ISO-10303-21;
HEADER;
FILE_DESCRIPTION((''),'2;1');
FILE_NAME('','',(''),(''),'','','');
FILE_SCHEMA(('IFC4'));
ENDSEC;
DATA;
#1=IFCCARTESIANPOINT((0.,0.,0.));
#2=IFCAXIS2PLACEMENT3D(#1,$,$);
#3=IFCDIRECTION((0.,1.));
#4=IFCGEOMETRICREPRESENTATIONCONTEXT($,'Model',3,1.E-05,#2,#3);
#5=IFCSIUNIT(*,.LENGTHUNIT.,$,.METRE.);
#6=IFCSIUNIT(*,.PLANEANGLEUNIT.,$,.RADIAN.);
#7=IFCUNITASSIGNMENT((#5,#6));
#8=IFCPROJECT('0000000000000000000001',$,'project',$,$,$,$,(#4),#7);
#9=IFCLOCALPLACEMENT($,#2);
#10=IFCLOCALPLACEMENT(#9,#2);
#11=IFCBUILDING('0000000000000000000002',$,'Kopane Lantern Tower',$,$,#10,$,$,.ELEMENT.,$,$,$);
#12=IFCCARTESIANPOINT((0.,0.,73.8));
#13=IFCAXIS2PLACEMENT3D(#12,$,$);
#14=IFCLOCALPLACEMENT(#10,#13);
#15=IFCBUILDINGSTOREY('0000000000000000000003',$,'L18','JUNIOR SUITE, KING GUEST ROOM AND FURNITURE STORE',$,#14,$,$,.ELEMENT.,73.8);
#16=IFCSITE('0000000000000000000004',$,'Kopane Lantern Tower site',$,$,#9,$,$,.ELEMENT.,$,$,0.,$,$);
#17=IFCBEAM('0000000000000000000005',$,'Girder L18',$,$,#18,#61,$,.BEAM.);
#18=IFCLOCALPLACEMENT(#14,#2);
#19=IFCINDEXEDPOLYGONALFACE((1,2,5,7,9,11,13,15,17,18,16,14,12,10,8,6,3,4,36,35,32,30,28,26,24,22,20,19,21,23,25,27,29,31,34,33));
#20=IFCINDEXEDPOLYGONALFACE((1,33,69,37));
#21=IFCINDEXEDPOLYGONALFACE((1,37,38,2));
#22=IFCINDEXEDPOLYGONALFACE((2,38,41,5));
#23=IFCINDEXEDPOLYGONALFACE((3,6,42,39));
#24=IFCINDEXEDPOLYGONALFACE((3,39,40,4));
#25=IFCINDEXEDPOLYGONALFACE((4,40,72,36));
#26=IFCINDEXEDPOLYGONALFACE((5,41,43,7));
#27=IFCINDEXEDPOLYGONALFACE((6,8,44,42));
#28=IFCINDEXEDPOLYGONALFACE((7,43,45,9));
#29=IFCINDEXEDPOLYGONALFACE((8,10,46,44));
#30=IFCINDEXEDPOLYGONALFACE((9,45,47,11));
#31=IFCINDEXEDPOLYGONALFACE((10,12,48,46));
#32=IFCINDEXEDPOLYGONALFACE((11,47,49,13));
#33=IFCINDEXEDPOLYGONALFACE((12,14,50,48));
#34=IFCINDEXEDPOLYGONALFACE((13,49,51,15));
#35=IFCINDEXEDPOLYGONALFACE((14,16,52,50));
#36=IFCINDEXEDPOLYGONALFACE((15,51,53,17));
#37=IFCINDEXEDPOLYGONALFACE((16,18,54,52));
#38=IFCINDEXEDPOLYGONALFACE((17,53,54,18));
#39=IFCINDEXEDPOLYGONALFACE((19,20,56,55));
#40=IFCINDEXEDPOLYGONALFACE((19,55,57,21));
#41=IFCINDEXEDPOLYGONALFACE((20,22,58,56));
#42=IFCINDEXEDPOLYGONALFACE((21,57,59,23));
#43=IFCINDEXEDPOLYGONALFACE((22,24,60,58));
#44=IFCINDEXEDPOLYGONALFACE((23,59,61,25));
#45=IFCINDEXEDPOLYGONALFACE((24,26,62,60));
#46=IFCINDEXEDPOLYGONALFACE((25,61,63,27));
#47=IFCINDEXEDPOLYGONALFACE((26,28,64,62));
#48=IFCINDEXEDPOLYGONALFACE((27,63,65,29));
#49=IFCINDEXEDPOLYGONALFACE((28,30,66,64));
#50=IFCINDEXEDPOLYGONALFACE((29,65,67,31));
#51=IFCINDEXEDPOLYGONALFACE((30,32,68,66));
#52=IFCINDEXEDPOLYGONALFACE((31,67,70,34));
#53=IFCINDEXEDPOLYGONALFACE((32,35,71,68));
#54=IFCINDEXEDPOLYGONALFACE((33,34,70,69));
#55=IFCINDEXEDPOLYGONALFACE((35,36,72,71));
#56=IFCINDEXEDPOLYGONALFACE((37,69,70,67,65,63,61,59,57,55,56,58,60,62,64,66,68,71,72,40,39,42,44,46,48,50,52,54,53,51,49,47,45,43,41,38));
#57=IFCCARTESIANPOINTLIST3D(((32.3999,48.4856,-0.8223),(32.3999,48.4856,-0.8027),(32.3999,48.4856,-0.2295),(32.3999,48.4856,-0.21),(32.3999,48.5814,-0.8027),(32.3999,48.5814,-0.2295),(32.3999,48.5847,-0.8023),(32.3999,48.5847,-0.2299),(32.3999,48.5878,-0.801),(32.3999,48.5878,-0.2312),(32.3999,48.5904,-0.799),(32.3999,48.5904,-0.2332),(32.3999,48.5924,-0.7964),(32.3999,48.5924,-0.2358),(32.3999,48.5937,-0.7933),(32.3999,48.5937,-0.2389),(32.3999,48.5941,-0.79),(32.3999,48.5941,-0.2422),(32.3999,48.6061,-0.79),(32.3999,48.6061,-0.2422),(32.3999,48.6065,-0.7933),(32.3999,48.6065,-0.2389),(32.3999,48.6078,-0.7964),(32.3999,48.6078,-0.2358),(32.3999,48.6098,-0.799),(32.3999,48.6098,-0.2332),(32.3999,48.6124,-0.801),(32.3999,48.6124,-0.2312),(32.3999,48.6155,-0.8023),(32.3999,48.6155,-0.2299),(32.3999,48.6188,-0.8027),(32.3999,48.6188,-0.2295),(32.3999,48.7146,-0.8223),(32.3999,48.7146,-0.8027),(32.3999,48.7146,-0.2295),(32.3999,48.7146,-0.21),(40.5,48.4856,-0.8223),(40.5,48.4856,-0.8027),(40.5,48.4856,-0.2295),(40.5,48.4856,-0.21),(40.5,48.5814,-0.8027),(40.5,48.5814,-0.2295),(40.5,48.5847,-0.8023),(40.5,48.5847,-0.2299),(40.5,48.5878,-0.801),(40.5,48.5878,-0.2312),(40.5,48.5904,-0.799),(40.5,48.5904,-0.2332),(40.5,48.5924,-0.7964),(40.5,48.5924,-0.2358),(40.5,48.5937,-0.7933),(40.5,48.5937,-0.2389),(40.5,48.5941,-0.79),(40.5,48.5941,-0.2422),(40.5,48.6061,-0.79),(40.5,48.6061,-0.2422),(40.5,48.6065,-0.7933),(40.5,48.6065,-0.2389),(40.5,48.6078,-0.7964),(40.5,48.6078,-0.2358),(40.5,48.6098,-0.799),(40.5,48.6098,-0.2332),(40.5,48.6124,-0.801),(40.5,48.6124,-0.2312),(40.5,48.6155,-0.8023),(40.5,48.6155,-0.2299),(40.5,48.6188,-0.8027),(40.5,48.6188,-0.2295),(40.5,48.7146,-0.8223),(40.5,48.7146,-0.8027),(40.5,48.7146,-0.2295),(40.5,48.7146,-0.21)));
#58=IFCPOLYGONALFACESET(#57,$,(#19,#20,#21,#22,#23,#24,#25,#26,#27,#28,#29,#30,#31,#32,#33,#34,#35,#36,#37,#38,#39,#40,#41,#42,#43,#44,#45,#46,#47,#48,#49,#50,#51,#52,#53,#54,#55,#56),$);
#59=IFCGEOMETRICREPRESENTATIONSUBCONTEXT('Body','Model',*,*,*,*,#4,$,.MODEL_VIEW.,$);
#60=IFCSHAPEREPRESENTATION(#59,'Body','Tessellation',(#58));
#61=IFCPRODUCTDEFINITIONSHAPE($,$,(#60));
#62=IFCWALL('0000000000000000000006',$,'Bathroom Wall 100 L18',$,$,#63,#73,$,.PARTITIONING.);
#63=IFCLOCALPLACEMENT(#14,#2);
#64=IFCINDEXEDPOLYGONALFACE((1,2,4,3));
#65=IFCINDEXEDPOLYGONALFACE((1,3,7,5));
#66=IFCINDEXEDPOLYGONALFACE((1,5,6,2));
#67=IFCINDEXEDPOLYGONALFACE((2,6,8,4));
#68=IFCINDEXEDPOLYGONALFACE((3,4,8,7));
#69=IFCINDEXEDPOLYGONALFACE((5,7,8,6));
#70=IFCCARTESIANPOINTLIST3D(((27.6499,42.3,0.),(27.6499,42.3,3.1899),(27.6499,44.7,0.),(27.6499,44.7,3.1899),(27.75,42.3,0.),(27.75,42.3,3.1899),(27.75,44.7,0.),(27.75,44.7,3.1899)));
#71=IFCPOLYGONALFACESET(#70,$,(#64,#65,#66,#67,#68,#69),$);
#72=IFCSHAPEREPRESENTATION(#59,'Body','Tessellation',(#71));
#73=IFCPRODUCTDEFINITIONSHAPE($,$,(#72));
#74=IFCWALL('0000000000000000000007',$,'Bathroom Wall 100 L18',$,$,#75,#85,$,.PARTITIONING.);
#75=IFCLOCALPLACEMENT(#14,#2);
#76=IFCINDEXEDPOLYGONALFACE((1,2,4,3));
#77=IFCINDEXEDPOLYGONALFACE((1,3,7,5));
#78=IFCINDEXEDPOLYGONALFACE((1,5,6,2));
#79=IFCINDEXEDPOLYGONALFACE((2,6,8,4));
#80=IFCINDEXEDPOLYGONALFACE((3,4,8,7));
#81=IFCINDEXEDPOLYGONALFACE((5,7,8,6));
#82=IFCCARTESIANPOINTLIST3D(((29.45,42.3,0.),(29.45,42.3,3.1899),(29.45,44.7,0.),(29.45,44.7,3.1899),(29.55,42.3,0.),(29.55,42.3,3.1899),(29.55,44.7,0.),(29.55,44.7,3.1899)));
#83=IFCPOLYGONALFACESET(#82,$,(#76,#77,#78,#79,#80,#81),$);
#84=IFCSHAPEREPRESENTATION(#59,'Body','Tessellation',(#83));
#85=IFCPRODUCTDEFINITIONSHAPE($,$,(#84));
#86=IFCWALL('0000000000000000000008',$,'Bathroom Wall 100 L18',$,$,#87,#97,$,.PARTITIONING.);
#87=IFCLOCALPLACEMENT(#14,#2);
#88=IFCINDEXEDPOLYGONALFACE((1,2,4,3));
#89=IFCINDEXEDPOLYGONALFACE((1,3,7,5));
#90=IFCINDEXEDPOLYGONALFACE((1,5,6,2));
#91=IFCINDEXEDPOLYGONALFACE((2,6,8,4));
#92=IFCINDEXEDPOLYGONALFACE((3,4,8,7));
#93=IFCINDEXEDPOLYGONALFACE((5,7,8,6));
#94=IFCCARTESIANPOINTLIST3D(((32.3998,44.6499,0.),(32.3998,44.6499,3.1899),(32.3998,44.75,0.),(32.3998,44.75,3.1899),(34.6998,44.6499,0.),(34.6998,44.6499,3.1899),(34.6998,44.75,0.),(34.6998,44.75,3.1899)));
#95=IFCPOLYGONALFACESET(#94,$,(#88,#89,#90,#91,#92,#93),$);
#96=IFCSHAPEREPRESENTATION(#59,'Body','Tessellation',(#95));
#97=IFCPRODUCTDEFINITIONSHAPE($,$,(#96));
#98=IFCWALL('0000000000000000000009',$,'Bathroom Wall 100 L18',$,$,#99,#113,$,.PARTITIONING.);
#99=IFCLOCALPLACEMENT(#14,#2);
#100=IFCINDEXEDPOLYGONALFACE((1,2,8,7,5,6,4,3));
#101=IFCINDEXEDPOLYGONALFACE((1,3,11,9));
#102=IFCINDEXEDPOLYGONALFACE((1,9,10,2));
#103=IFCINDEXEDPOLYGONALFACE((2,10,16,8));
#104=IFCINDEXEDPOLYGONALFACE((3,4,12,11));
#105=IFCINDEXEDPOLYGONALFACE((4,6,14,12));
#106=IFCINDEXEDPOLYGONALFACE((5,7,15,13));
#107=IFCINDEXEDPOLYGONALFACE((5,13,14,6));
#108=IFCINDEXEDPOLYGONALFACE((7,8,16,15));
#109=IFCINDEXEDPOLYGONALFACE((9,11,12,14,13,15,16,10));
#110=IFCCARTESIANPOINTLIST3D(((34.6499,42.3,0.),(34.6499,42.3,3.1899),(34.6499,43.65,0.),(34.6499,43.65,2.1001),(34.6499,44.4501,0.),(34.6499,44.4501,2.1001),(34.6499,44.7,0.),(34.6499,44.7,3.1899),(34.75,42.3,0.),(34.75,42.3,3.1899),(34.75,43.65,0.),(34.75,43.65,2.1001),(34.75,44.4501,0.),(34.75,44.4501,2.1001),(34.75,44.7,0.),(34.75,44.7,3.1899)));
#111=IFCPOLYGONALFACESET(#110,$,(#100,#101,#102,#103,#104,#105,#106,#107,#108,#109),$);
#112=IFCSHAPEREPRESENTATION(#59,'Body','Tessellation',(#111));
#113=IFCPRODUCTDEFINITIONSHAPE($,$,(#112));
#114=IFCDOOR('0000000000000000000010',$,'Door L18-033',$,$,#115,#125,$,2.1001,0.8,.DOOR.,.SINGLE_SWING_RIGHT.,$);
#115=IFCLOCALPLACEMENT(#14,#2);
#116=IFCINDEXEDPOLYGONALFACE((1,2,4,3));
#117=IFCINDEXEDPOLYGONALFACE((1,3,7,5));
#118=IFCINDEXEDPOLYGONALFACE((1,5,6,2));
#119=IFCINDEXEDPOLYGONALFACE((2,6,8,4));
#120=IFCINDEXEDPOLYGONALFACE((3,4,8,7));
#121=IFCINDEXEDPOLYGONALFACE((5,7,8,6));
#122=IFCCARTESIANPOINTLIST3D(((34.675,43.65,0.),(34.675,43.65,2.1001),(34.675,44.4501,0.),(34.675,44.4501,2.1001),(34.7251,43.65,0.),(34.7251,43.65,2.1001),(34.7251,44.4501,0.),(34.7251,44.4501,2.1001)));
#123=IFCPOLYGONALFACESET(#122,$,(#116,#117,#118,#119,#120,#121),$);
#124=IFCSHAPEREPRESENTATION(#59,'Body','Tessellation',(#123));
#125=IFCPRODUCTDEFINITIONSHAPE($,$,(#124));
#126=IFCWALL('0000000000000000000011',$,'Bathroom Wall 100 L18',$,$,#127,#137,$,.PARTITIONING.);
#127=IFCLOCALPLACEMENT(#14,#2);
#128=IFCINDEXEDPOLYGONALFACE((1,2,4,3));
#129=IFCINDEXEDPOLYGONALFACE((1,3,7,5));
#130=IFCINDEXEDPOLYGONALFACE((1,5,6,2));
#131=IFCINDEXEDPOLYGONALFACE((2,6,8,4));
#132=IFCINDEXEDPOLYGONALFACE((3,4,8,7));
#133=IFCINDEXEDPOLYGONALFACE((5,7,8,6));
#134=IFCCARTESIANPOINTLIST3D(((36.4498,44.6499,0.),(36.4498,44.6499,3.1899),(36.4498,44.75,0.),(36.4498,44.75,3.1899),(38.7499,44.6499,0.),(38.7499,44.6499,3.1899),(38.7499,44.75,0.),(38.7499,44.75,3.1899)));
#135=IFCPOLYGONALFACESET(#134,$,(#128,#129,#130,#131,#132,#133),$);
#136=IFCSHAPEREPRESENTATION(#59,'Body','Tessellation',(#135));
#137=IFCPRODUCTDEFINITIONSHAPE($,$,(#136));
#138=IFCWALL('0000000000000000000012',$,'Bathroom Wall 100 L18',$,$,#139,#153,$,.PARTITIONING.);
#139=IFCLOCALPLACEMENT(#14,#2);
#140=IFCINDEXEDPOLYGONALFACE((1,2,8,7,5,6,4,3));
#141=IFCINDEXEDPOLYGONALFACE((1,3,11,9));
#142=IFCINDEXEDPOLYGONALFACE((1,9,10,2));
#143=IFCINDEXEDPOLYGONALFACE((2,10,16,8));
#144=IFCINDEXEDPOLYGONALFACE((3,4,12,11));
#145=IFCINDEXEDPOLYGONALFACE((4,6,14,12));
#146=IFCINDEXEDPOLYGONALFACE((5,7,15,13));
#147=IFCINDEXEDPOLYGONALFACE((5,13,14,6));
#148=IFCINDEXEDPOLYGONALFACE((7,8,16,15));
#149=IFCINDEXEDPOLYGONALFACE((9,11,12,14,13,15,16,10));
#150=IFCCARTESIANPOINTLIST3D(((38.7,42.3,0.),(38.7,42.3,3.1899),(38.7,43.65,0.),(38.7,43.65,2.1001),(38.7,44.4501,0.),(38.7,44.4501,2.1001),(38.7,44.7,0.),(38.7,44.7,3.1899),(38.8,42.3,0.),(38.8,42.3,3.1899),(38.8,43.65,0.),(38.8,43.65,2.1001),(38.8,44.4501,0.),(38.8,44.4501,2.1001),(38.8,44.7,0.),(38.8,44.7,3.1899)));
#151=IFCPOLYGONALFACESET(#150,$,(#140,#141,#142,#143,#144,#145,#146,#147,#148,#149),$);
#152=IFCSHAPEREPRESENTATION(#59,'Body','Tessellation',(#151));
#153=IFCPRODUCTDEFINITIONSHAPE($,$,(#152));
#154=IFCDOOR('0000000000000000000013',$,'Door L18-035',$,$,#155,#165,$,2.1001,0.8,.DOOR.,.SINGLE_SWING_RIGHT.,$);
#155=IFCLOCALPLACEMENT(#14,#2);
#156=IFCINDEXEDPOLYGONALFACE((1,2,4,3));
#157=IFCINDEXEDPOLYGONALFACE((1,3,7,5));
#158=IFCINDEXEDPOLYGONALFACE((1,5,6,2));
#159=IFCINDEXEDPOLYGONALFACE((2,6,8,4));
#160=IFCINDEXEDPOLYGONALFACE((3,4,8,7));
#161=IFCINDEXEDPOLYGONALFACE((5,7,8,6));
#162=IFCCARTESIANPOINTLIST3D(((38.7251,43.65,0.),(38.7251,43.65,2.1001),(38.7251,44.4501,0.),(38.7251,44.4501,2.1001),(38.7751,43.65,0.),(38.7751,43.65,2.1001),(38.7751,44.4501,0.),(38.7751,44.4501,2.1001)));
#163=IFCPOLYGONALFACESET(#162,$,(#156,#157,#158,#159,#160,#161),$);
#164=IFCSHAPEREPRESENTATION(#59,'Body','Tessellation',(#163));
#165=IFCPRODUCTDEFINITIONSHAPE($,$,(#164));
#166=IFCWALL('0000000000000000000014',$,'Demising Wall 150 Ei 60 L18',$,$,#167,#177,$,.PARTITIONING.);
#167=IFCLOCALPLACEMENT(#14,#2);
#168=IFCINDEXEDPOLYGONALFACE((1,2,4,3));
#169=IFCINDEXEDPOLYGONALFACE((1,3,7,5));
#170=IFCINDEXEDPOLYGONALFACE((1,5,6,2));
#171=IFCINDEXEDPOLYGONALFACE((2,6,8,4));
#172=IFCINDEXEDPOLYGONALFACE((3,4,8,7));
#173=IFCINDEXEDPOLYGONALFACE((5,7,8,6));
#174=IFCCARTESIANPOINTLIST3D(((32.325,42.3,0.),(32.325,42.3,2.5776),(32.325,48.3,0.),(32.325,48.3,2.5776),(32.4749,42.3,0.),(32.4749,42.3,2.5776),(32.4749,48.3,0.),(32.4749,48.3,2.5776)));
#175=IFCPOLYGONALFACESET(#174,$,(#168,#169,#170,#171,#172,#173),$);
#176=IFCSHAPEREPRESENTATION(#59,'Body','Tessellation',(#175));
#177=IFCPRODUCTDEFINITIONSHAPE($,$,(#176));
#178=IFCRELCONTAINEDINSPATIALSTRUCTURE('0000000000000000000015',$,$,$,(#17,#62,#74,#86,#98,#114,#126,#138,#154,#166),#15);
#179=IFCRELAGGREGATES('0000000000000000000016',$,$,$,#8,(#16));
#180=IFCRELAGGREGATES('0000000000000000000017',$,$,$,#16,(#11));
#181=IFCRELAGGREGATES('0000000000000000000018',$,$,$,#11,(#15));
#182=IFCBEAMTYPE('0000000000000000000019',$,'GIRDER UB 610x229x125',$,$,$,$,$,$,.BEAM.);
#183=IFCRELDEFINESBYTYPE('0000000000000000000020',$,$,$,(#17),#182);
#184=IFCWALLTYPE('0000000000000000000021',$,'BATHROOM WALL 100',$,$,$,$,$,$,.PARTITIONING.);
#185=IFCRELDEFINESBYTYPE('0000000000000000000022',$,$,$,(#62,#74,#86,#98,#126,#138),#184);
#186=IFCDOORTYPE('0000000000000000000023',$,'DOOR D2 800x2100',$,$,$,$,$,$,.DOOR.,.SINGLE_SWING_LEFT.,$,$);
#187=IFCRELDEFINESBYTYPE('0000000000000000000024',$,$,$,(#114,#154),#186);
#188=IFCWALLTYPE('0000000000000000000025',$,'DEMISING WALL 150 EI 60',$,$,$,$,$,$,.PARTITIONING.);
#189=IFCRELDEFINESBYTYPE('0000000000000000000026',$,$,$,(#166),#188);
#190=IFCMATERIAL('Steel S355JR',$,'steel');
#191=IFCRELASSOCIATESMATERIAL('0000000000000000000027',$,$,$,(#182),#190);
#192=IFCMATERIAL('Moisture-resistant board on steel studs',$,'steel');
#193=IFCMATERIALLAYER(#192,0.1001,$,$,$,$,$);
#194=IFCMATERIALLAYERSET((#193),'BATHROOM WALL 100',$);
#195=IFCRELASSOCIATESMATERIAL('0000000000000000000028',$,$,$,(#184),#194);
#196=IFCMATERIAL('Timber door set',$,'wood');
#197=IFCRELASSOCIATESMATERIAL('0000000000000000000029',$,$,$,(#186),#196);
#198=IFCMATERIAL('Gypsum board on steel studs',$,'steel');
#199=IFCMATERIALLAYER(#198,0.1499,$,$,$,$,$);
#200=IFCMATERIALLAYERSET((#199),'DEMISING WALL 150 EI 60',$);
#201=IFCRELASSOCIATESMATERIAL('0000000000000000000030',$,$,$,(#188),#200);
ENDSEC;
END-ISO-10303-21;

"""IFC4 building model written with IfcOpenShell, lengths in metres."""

from ifc_helpers import new_model, si_unit, direction, frame, frame_2d, origin, origin_2d, place, context, subcontext, project, spatial, rectangle, i_section, extrude, material, layer, layer_set, material_profile, profile_set, type_object, element, fill, save


model = new_model("IFC4")

# Units and contexts
model_context = context("Model", 3, precision=1e-05, world=origin(), true_north=direction((0.0, 1.0)))
body_context = subcontext(model_context, "Body", "Model", "MODEL_VIEW")
ifc_project = project(units=[si_unit("LENGTHUNIT", "METRE"), si_unit("PLANEANGLEUNIT", "RADIAN")], contexts=[model_context])

# Site, building, storey
site_placement = place(None, origin())
site = spatial("IfcSite", under=ifc_project, at=site_placement, Name="Kopane Lantern Tower site", CompositionType="ELEMENT", RefElevation=0.0)
building_placement = place(site_placement, origin())
building = spatial("IfcBuilding", under=site, at=building_placement, Name="Kopane Lantern Tower", CompositionType="ELEMENT")
storey_placement = place(building_placement, frame((0.0, 0.0, 73.8)))
storey = spatial("IfcBuildingStorey", under=building, at=storey_placement, Name="L18", Description="JUNIOR SUITE, KING GUEST ROOM AND FURNITURE STORE", CompositionType="ELEMENT", Elevation=73.8)

# Beam
ifc_material_1 = material(Name="Steel S355JR", Category="steel")
ifc_material_profile_1 = material_profile(ifc_material_1, i_section(OverallWidth=0.229, OverallDepth=0.6123, WebThickness=0.012, FlangeThickness=0.0195, FilletRadius=0.0127, at=origin_2d()), Name="UB 610x229x125")
ifc_profile_set_1 = profile_set([ifc_material_profile_1], Name="Steel S355JR")
beam_type = type_object("IfcBeamType", Name="GIRDER UB 610x229x125", PredefinedType="BEAM", material=ifc_profile_set_1)
for number, where, z_axis, x_axis, name in (
    (1, (32.3999, 48.6001, -0.5161), (1.0, 0.0, 0.0), (0.0, 1.0, 0.0), "Girder L18"),
):
    element("IfcBeam", number, at=place(storey_placement, frame(where, z_axis=z_axis, x_axis=x_axis)), inside=storey, type_object=beam_type, Name=name, PredefinedType="BEAM", context=body_context, shape_type="SweptSolid", body=[
        extrude(i_section(OverallWidth=0.229, OverallDepth=0.6123, WebThickness=0.012, FlangeThickness=0.0195, FilletRadius=0.0127, at=origin_2d()), origin(), (0.0, 0.0, 1.0), 8.1001),
    ])

# Walls
ifc_material_2 = material(Name="Moisture-resistant board on steel studs", Category="steel")
ifc_layer_1 = layer(ifc_material_2, 0.1001)
ifc_layer_set_1 = layer_set([ifc_layer_1], Name="BATHROOM WALL 100")
wall_type_1 = type_object("IfcWallType", Name="BATHROOM WALL 100", PredefinedType="PARTITIONING", material=ifc_layer_set_1)
for number, where, z_axis, x_axis, name in (
    (2, (27.7, 42.3, 0.0), (0.0, 0.0, 1.0), (0.0, 1.0, 0.0), "Bathroom Wall 100 L18"),
    (3, (29.5, 42.3, 0.0), (0.0, 0.0, 1.0), (0.0, 1.0, 0.0), "Bathroom Wall 100 L18"),
):
    element("IfcWall", number, at=place(storey_placement, frame(where, z_axis=z_axis, x_axis=x_axis)), inside=storey, type_object=wall_type_1, Name=name, PredefinedType="PARTITIONING", context=body_context, shape_type="SweptSolid", body=[
        extrude(rectangle(XDim=2.3999, YDim=0.1001, at=frame_2d((1.2, 0.0))), origin(), (0.0, 0.0, 1.0), 3.1899),
    ])
wall_1_placement = place(storey_placement, frame((32.3999, 44.7, 0.0), z_axis=(0.0, 0.0, 1.0), x_axis=(1.0, 0.0, 0.0)))
element("IfcWall", 4, at=wall_1_placement, inside=storey, type_object=wall_type_1, Name="Bathroom Wall 100 L18", PredefinedType="PARTITIONING", context=body_context, shape_type="SweptSolid", body=[
    extrude(rectangle(XDim=2.3, YDim=0.1001, at=frame_2d((1.1499, 0.0))), origin(), (0.0, 0.0, 1.0), 3.1899),
])

# Wall, opening, door
wall_2_placement = place(storey_placement, frame((34.7, 42.3, 0.0), z_axis=(0.0, 0.0, 1.0), x_axis=(0.0, 1.0, 0.0)))
wall_2 = element("IfcWall", 5, at=wall_2_placement, inside=storey, type_object=wall_type_1, Name="Bathroom Wall 100 L18", PredefinedType="PARTITIONING", context=body_context, shape_type="SweptSolid", body=[
    extrude(rectangle(XDim=2.3999, YDim=0.1001, at=frame_2d((1.2, 0.0))), origin(), (0.0, 0.0, 1.0), 3.1899),
])
opening_1_placement = place(wall_2_placement, frame((1.3501, 0.0, 0.0)))
opening_1 = element("IfcOpeningElement", 6, at=opening_1_placement, cuts=wall_2, PredefinedType="OPENING", context=body_context, shape_type="SweptSolid", body=[
    extrude(rectangle(XDim=0.8, YDim=2.1001, at=frame_2d((0.3999, 1.05))), frame((0.0, 0.0601, 0.0), z_axis=(0.0, -1.0, 0.0), x_axis=(1.0, 0.0, 0.0)), (0.0, 0.0, 1.0), 0.1201),
])
ifc_material_3 = material(Name="Timber door set", Category="wood")
door_type_1 = type_object("IfcDoorType", Name="DOOR D2 800x2100", OperationType="SINGLE_SWING_LEFT", PredefinedType="DOOR", material=ifc_material_3)
door_1_placement = place(opening_1_placement, origin())
door_1 = element("IfcDoor", 7, at=door_1_placement, inside=storey, type_object=door_type_1, Name="Door L18-033", OperationType="SINGLE_SWING_RIGHT", OverallHeight=2.1001, OverallWidth=0.8, PredefinedType="DOOR", context=body_context, shape_type="SweptSolid", body=[
    extrude(rectangle(XDim=0.8, YDim=2.1001, at=frame_2d((0.3999, 1.05))), frame((0.0, 0.0249, 0.0), z_axis=(0.0, -1.0, 0.0), x_axis=(1.0, 0.0, 0.0)), (0.0, 0.0, 1.0), 0.05),
])
fill(opening_1, door_1)

# Wall
wall_3_placement = place(storey_placement, frame((36.45, 44.7, 0.0), z_axis=(0.0, 0.0, 1.0), x_axis=(1.0, 0.0, 0.0)))
element("IfcWall", 8, at=wall_3_placement, inside=storey, type_object=wall_type_1, Name="Bathroom Wall 100 L18", PredefinedType="PARTITIONING", context=body_context, shape_type="SweptSolid", body=[
    extrude(rectangle(XDim=2.3, YDim=0.1001, at=frame_2d((1.1499, 0.0))), origin(), (0.0, 0.0, 1.0), 3.1899),
])

# Wall, opening, door
wall_4_placement = place(storey_placement, frame((38.75, 42.3, 0.0), z_axis=(0.0, 0.0, 1.0), x_axis=(0.0, 1.0, 0.0)))
wall_4 = element("IfcWall", 9, at=wall_4_placement, inside=storey, type_object=wall_type_1, Name="Bathroom Wall 100 L18", PredefinedType="PARTITIONING", context=body_context, shape_type="SweptSolid", body=[
    extrude(rectangle(XDim=2.3999, YDim=0.1001, at=frame_2d((1.2, 0.0))), origin(), (0.0, 0.0, 1.0), 3.1899),
])
opening_2_placement = place(wall_4_placement, frame((1.3501, 0.0, 0.0)))
opening_2 = element("IfcOpeningElement", 10, at=opening_2_placement, cuts=wall_4, PredefinedType="OPENING", context=body_context, shape_type="SweptSolid", body=[
    extrude(rectangle(XDim=0.8, YDim=2.1001, at=frame_2d((0.3999, 1.05))), frame((0.0, 0.0601, 0.0), z_axis=(0.0, -1.0, 0.0), x_axis=(1.0, 0.0, 0.0)), (0.0, 0.0, 1.0), 0.1201),
])
door_2_placement = place(opening_2_placement, origin())
door_2 = element("IfcDoor", 11, at=door_2_placement, inside=storey, type_object=door_type_1, Name="Door L18-035", OperationType="SINGLE_SWING_RIGHT", OverallHeight=2.1001, OverallWidth=0.8, PredefinedType="DOOR", context=body_context, shape_type="SweptSolid", body=[
    extrude(rectangle(XDim=0.8, YDim=2.1001, at=frame_2d((0.3999, 1.05))), frame((0.0, 0.0249, 0.0), z_axis=(0.0, -1.0, 0.0), x_axis=(1.0, 0.0, 0.0)), (0.0, 0.0, 1.0), 0.05),
])
fill(opening_2, door_2)

# Wall
ifc_material_4 = material(Name="Gypsum board on steel studs", Category="steel")
ifc_layer_2 = layer(ifc_material_4, 0.1499)
ifc_layer_set_2 = layer_set([ifc_layer_2], Name="DEMISING WALL 150 EI 60")
wall_type_2 = type_object("IfcWallType", Name="DEMISING WALL 150 EI 60", PredefinedType="PARTITIONING", material=ifc_layer_set_2)
wall_5_placement = place(storey_placement, frame((32.3999, 42.3, 0.0), z_axis=(0.0, 0.0, 1.0), x_axis=(0.0, 1.0, 0.0)))
element("IfcWall", 12, at=wall_5_placement, inside=storey, type_object=wall_type_2, Name="Demising Wall 150 Ei 60 L18", PredefinedType="PARTITIONING", context=body_context, shape_type="SweptSolid", body=[
    extrude(rectangle(XDim=6.0, YDim=0.1499, at=frame_2d((3.0, 0.0))), origin(), (0.0, 0.0, 1.0), 2.5776),
])

save(model, "model.ifc")
